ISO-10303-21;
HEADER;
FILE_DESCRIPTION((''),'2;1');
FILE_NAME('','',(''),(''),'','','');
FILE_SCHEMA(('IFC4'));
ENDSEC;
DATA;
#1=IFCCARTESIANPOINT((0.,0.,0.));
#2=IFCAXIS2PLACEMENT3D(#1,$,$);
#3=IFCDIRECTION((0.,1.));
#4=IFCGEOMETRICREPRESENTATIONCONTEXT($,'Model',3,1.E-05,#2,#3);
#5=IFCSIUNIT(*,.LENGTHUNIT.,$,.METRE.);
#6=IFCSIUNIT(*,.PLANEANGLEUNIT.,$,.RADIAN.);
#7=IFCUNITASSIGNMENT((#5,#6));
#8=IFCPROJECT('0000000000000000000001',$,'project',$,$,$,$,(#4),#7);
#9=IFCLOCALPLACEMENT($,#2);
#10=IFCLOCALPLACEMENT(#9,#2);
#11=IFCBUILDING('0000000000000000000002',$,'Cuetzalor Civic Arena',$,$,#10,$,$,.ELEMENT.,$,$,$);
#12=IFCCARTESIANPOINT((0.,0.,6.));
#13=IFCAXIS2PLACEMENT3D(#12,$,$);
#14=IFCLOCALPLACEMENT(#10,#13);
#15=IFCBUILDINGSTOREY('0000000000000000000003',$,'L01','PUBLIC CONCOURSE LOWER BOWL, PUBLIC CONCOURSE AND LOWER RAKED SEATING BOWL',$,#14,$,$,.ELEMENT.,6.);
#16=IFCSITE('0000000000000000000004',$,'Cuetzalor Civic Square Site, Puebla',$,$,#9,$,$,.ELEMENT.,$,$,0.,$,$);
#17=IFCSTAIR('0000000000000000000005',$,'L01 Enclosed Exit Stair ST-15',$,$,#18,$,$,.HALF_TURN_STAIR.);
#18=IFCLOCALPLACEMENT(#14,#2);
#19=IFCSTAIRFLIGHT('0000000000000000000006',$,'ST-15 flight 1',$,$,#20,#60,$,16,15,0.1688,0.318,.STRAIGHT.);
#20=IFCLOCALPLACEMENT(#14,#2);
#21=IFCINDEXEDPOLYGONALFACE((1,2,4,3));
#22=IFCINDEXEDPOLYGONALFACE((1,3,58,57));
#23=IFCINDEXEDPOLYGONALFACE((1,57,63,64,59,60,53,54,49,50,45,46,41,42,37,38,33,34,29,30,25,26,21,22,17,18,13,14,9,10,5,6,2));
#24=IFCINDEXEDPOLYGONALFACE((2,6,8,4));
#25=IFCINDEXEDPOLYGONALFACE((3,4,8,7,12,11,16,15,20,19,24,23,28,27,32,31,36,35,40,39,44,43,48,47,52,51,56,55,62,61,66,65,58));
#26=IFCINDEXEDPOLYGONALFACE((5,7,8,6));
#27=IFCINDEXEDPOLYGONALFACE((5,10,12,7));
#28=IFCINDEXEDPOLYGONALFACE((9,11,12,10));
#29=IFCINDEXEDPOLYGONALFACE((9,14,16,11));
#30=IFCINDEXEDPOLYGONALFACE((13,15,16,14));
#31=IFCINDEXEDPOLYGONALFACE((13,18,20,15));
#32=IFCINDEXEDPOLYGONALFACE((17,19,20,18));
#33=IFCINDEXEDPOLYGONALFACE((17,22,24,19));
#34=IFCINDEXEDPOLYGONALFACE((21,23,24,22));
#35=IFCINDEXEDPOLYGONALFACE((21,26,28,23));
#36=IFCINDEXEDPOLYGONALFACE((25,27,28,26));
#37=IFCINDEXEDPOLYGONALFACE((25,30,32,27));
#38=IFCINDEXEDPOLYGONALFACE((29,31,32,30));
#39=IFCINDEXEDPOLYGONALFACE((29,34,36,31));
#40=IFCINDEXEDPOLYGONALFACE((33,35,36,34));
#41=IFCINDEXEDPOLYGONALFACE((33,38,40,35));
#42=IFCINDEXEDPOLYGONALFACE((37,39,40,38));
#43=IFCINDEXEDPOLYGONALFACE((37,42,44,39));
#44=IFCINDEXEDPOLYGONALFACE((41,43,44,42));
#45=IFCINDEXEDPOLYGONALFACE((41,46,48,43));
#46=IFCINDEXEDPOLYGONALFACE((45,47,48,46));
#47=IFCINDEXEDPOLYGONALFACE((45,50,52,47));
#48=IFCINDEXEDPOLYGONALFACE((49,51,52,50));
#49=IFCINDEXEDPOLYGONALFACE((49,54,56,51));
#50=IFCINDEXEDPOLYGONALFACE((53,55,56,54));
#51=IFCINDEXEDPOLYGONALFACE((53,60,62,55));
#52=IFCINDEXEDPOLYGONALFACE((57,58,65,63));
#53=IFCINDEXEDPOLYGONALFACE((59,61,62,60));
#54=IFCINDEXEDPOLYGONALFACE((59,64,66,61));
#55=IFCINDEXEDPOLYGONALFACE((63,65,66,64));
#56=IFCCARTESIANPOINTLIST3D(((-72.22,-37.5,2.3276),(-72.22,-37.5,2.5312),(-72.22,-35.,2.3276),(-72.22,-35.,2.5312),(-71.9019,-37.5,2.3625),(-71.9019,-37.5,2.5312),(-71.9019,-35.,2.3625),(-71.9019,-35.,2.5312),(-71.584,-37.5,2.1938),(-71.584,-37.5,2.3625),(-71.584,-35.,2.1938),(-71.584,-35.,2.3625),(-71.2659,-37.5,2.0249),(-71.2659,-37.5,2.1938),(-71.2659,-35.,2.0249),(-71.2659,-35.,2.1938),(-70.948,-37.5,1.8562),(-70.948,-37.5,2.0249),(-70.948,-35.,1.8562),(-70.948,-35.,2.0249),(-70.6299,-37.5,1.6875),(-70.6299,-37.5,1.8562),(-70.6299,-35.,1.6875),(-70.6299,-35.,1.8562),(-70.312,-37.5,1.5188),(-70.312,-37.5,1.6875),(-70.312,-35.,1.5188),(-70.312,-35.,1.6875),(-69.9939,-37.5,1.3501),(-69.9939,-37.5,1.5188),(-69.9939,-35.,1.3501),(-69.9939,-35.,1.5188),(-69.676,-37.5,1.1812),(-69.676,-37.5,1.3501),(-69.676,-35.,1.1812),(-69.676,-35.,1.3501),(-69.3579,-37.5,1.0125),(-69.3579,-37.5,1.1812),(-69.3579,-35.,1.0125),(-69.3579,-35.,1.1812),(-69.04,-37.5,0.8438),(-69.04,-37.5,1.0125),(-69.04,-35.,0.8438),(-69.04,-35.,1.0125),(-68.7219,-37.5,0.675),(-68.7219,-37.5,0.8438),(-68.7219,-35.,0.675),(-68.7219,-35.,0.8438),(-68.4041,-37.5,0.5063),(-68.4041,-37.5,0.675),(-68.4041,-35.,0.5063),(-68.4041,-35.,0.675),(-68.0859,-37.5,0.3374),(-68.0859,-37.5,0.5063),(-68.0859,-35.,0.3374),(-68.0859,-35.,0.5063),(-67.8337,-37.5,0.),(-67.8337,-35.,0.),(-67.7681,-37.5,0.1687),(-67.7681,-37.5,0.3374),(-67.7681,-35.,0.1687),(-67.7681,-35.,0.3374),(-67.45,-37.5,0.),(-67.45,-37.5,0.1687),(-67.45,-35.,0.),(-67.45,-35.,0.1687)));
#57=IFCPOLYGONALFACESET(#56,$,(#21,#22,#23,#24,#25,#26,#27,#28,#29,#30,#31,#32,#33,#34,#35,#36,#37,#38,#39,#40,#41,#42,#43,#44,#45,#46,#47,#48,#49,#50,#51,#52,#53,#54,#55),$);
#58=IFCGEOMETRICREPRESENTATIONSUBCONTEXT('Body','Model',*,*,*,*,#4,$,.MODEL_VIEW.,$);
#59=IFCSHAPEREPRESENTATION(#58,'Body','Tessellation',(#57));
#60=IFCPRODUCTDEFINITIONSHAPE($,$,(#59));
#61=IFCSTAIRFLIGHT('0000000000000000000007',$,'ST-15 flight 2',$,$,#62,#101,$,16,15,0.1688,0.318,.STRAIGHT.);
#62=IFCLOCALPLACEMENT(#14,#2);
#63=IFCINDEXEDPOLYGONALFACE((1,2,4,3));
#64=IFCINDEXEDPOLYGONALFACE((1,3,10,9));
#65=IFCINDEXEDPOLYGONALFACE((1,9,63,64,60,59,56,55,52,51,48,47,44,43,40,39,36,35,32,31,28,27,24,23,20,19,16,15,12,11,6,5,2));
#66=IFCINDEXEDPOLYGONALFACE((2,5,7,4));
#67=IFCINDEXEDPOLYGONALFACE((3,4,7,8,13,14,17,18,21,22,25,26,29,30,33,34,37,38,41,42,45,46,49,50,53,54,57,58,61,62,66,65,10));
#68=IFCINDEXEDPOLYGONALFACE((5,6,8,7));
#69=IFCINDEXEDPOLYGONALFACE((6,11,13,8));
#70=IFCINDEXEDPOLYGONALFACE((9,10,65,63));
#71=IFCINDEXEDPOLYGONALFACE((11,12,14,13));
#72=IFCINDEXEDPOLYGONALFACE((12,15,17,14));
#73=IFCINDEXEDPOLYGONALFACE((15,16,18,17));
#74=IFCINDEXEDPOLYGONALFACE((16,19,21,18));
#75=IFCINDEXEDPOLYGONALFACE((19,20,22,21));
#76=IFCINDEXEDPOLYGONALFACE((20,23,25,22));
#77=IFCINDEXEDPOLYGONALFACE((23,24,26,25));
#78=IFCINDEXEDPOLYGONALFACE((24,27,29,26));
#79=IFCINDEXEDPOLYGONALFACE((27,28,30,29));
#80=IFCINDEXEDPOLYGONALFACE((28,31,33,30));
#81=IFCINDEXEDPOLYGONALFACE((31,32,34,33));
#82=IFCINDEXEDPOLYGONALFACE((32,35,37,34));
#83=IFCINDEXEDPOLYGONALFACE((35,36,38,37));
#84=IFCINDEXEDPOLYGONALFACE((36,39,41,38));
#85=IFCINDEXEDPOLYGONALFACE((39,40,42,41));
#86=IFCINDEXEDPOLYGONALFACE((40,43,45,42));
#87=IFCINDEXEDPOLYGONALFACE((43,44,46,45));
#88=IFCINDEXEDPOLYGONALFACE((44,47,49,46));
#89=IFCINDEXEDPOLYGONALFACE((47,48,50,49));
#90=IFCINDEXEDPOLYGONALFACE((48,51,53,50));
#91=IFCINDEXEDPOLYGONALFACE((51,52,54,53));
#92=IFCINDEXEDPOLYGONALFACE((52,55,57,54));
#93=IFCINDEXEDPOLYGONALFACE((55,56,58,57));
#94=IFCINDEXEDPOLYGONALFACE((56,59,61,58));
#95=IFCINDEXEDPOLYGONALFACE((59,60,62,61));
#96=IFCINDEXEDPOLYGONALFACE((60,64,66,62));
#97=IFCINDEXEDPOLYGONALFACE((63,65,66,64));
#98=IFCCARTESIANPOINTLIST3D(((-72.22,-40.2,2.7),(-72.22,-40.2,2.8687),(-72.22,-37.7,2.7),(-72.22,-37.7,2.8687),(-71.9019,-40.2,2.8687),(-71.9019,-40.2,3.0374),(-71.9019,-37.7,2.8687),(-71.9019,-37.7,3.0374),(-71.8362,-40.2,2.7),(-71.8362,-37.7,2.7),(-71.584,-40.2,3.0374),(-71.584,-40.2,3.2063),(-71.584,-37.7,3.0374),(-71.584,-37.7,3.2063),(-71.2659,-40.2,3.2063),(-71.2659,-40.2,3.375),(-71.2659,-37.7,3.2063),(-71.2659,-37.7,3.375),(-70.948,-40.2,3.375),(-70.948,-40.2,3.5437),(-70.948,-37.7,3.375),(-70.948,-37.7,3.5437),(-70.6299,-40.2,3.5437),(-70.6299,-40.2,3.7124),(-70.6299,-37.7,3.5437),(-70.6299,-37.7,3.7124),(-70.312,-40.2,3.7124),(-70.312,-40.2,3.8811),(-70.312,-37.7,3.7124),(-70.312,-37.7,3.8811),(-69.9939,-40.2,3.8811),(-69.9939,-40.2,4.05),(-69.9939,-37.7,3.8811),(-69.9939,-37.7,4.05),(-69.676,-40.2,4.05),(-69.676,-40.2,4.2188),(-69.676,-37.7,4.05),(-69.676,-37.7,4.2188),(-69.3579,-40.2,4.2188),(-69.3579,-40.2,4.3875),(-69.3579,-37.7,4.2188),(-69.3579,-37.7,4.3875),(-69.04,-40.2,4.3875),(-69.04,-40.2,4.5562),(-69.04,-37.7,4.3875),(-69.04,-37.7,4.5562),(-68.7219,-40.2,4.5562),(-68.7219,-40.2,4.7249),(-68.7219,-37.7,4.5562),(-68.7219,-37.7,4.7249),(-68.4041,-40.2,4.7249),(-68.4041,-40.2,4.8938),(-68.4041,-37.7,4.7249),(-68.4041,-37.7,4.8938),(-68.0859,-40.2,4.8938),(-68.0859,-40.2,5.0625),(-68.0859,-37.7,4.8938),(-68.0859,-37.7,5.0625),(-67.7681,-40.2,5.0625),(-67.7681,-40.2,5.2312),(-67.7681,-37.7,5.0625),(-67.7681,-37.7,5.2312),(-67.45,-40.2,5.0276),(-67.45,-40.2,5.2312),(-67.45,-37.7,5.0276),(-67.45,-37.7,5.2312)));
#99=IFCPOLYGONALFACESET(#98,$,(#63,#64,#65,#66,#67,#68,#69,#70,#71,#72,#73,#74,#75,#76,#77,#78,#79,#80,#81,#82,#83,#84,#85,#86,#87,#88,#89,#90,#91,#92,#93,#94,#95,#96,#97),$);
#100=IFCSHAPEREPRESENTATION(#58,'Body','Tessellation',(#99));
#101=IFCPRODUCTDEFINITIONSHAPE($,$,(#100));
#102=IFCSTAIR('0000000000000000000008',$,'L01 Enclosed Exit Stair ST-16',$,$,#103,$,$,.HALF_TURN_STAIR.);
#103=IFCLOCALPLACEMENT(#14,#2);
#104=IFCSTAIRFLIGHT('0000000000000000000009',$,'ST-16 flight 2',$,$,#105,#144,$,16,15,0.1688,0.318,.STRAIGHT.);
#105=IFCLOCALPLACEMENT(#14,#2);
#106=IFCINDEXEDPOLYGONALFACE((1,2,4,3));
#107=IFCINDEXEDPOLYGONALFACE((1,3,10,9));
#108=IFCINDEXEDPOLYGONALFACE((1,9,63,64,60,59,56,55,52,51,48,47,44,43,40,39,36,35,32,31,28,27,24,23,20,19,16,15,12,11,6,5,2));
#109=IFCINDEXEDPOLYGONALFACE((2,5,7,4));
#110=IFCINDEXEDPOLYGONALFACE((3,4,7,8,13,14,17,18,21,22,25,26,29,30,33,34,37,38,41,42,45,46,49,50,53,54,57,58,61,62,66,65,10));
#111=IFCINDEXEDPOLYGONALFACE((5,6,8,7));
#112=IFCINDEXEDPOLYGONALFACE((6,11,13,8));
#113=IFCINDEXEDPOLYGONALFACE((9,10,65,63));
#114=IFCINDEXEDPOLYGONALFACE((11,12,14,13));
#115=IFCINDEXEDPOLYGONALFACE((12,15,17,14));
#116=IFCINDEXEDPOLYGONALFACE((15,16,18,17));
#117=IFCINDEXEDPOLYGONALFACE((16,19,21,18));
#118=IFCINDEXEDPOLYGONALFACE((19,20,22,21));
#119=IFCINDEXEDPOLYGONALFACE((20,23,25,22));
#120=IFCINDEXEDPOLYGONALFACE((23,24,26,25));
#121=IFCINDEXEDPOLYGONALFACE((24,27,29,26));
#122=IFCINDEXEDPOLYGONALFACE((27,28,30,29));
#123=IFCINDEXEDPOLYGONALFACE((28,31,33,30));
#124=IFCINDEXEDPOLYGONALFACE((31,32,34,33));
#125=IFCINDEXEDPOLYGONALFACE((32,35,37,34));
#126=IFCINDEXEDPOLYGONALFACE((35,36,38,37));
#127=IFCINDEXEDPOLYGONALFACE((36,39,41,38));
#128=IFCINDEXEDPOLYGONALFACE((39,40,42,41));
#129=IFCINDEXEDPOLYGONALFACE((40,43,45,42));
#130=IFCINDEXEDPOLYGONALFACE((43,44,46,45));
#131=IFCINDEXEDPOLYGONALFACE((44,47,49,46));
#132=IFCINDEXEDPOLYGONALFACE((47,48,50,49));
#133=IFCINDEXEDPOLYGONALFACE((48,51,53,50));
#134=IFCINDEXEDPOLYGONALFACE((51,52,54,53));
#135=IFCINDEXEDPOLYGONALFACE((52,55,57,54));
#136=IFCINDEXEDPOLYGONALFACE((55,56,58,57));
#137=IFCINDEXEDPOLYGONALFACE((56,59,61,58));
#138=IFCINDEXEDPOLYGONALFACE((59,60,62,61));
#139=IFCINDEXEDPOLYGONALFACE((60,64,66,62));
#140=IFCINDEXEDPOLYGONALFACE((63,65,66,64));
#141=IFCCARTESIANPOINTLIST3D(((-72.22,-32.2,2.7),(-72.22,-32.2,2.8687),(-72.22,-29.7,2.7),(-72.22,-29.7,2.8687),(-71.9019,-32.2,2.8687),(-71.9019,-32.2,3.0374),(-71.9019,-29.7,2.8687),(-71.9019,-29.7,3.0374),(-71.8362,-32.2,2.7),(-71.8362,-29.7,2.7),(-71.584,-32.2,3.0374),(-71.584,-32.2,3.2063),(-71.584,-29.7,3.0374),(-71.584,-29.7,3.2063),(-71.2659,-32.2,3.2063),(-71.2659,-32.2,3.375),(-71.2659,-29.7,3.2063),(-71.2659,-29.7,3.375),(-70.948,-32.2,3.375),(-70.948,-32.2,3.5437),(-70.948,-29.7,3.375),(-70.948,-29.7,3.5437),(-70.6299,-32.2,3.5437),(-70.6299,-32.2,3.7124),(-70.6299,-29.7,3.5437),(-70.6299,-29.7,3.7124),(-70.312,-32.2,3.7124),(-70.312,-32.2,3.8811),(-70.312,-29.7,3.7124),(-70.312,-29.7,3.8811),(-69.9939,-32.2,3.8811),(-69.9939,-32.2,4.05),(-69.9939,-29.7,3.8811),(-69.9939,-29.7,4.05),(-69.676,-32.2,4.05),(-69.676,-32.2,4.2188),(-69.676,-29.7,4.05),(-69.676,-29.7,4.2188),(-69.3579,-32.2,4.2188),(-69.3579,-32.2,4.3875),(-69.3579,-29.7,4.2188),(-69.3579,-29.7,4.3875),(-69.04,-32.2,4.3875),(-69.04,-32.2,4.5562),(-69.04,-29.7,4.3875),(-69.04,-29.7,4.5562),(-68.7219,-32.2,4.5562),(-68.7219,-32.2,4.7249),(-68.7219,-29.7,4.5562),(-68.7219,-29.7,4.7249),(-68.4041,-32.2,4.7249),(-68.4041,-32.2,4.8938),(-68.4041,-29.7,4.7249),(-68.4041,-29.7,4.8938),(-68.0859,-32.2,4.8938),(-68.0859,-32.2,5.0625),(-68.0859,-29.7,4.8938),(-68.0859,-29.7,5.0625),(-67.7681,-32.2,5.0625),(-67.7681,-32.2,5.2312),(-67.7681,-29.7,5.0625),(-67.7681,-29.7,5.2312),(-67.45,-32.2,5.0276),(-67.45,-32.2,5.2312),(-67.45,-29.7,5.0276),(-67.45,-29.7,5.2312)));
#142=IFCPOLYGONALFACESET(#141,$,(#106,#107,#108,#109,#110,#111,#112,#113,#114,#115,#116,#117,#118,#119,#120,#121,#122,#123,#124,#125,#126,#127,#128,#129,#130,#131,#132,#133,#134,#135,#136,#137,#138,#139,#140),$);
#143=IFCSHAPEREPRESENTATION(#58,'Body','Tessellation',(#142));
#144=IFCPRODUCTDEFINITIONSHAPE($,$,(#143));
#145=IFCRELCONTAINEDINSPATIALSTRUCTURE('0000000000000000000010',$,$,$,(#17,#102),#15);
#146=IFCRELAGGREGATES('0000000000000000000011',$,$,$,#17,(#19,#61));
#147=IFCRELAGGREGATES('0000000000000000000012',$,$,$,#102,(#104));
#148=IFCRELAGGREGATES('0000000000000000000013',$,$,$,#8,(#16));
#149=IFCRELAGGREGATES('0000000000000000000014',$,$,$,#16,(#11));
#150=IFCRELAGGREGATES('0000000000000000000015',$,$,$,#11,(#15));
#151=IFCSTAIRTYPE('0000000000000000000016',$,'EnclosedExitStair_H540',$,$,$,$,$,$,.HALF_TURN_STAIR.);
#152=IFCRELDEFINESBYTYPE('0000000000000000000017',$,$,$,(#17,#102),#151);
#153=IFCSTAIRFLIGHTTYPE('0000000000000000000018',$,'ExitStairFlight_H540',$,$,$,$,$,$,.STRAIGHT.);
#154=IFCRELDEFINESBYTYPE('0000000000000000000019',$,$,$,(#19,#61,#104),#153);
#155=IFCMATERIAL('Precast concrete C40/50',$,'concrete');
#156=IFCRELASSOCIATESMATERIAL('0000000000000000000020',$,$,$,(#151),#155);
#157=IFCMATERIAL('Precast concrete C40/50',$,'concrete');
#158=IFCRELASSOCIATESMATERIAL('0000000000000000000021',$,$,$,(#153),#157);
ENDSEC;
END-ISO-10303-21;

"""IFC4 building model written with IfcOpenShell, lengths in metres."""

from ifc_helpers import new_model, si_unit, direction, frame, origin, place, context, subcontext, project, spatial, polyline, outline, extrude, material, type_object, element, aggregate, save


model = new_model("IFC4")

# Units and contexts
model_context = context("Model", 3, precision=1e-05, world=origin(), true_north=direction((0.0, 1.0)))
body_context = subcontext(model_context, "Body", "Model", "MODEL_VIEW")
ifc_project = project(units=[si_unit("LENGTHUNIT", "METRE"), si_unit("PLANEANGLEUNIT", "RADIAN")], contexts=[model_context])

# Site, building, storey
site_placement = place(None, origin())
site = spatial("IfcSite", under=ifc_project, at=site_placement, Name="Cuetzalor Civic Square Site, Puebla", CompositionType="ELEMENT", RefElevation=0.0)
building_placement = place(site_placement, origin())
building = spatial("IfcBuilding", under=site, at=building_placement, Name="Cuetzalor Civic Arena", CompositionType="ELEMENT")
storey_placement = place(building_placement, frame((0.0, 0.0, 6.0)))
storey = spatial("IfcBuildingStorey", under=building, at=storey_placement, Name="L01", Description="PUBLIC CONCOURSE LOWER BOWL, PUBLIC CONCOURSE AND LOWER RAKED SEATING BOWL", CompositionType="ELEMENT", Elevation=6.0)

# Stair, stair flights
ifc_material_1 = material(Name="Precast concrete C40/50", Category="concrete")
stair_type = type_object("IfcStairType", Name="EnclosedExitStair_H540", PredefinedType="HALF_TURN_STAIR", material=ifc_material_1)
ifc_material_2 = material(Name="Precast concrete C40/50", Category="concrete")
stair_flight_type = type_object("IfcStairFlightType", Name="ExitStairFlight_H540", PredefinedType="STRAIGHT", material=ifc_material_2)
stair_1_placement = place(storey_placement, origin())
stair_1 = element("IfcStair", 1, at=stair_1_placement, inside=storey, type_object=stair_type, Name="L01 Enclosed Exit Stair ST-15", PredefinedType="HALF_TURN_STAIR")
stair_flight_1_placement = place(storey_placement, frame((-67.45, -36.25, 0.0), z_axis=(0.0, 0.0, 1.0), x_axis=(-1.0, 0.0, 0.0)))
stair_flight_1 = element("IfcStairFlight", 2, at=stair_flight_1_placement, type_object=stair_flight_type, Name="ST-15 flight 1", NumberOfRisers=16, NumberOfTreads=15, PredefinedType="STRAIGHT", RiserHeight=0.1688, TreadLength=0.318, context=body_context, shape_type="SweptSolid", body=[
    extrude(outline(polyline([(0.0, 0.0), (0.0, 0.1687), (0.3181, 0.1687), (0.3181, 0.3374), (0.636, 0.3374), (0.636, 0.5063), (0.9541, 0.5063), (0.9541, 0.675), (1.272, 0.675), (1.272, 0.8438), (1.5901, 0.8438), (1.5901, 1.0125), (1.908, 1.0125), (1.908, 1.1812), (2.2261, 1.1812), (2.2261, 1.3501), (2.5439, 1.3501), (2.5439, 1.5188), (2.8621, 1.5188), (2.8621, 1.6875), (3.1799, 1.6875), (3.1799, 1.8562), (3.498, 1.8562), (3.498, 2.0249), (3.8159, 2.0249), (3.8159, 2.1938), (4.134, 2.1938), (4.134, 2.3625), (4.4519, 2.3625), (4.4519, 2.5312), (4.77, 2.5312), (4.77, 2.7), (4.77, 2.3276), (0.3838, 0.0), (0.0, 0.0)])), frame((0.0, 1.25, 0.0), z_axis=(0.0, -1.0, 0.0), x_axis=(1.0, 0.0, 0.0)), (0.0, 0.0, 1.0), 2.5),
])
stair_flight_2_placement = place(storey_placement, frame((-72.22, -38.95, 2.7), z_axis=(0.0, 0.0, 1.0), x_axis=(1.0, 0.0, 0.0)))
stair_flight_2 = element("IfcStairFlight", 3, at=stair_flight_2_placement, type_object=stair_flight_type, Name="ST-15 flight 2", NumberOfRisers=16, NumberOfTreads=15, PredefinedType="STRAIGHT", RiserHeight=0.1688, TreadLength=0.318, context=body_context, shape_type="SweptSolid", body=[
    extrude(outline(polyline([(0.0, 0.0), (0.0, 0.1687), (0.3181, 0.1687), (0.3181, 0.3374), (0.636, 0.3374), (0.636, 0.5063), (0.9541, 0.5063), (0.9541, 0.675), (1.272, 0.675), (1.272, 0.8438), (1.5901, 0.8438), (1.5901, 1.0125), (1.908, 1.0125), (1.908, 1.1812), (2.2261, 1.1812), (2.2261, 1.3501), (2.5439, 1.3501), (2.5439, 1.5188), (2.8621, 1.5188), (2.8621, 1.6875), (3.1799, 1.6875), (3.1799, 1.8562), (3.498, 1.8562), (3.498, 2.0249), (3.8159, 2.0249), (3.8159, 2.1938), (4.134, 2.1938), (4.134, 2.3625), (4.4519, 2.3625), (4.4519, 2.5312), (4.77, 2.5312), (4.77, 2.7), (4.77, 2.3276), (0.3838, 0.0), (0.0, 0.0)])), frame((0.0, 1.25, 0.0), z_axis=(0.0, -1.0, 0.0), x_axis=(1.0, 0.0, 0.0)), (0.0, 0.0, 1.0), 2.5),
])
aggregate(stair_1, [stair_flight_1, stair_flight_2])

# Stair, stair flight
stair_2_placement = place(storey_placement, origin())
stair_2 = element("IfcStair", 4, at=stair_2_placement, inside=storey, type_object=stair_type, Name="L01 Enclosed Exit Stair ST-16", PredefinedType="HALF_TURN_STAIR")
stair_flight_3_placement = place(storey_placement, frame((-72.22, -30.95, 2.7), z_axis=(0.0, 0.0, 1.0), x_axis=(1.0, 0.0, 0.0)))
stair_flight_3 = element("IfcStairFlight", 5, at=stair_flight_3_placement, type_object=stair_flight_type, Name="ST-16 flight 2", NumberOfRisers=16, NumberOfTreads=15, PredefinedType="STRAIGHT", RiserHeight=0.1688, TreadLength=0.318, context=body_context, shape_type="SweptSolid", body=[
    extrude(outline(polyline([(0.0, 0.0), (0.0, 0.1687), (0.3181, 0.1687), (0.3181, 0.3374), (0.636, 0.3374), (0.636, 0.5063), (0.9541, 0.5063), (0.9541, 0.675), (1.272, 0.675), (1.272, 0.8438), (1.5901, 0.8438), (1.5901, 1.0125), (1.908, 1.0125), (1.908, 1.1812), (2.2261, 1.1812), (2.2261, 1.3501), (2.5439, 1.3501), (2.5439, 1.5188), (2.8621, 1.5188), (2.8621, 1.6875), (3.1799, 1.6875), (3.1799, 1.8562), (3.498, 1.8562), (3.498, 2.0249), (3.8159, 2.0249), (3.8159, 2.1938), (4.134, 2.1938), (4.134, 2.3625), (4.4519, 2.3625), (4.4519, 2.5312), (4.77, 2.5312), (4.77, 2.7), (4.77, 2.3276), (0.3838, 0.0), (0.0, 0.0)])), frame((0.0, 1.25, 0.0), z_axis=(0.0, -1.0, 0.0), x_axis=(1.0, 0.0, 0.0)), (0.0, 0.0, 1.0), 2.5),
])
aggregate(stair_2, [stair_flight_3])

save(model, "model.ifc")
